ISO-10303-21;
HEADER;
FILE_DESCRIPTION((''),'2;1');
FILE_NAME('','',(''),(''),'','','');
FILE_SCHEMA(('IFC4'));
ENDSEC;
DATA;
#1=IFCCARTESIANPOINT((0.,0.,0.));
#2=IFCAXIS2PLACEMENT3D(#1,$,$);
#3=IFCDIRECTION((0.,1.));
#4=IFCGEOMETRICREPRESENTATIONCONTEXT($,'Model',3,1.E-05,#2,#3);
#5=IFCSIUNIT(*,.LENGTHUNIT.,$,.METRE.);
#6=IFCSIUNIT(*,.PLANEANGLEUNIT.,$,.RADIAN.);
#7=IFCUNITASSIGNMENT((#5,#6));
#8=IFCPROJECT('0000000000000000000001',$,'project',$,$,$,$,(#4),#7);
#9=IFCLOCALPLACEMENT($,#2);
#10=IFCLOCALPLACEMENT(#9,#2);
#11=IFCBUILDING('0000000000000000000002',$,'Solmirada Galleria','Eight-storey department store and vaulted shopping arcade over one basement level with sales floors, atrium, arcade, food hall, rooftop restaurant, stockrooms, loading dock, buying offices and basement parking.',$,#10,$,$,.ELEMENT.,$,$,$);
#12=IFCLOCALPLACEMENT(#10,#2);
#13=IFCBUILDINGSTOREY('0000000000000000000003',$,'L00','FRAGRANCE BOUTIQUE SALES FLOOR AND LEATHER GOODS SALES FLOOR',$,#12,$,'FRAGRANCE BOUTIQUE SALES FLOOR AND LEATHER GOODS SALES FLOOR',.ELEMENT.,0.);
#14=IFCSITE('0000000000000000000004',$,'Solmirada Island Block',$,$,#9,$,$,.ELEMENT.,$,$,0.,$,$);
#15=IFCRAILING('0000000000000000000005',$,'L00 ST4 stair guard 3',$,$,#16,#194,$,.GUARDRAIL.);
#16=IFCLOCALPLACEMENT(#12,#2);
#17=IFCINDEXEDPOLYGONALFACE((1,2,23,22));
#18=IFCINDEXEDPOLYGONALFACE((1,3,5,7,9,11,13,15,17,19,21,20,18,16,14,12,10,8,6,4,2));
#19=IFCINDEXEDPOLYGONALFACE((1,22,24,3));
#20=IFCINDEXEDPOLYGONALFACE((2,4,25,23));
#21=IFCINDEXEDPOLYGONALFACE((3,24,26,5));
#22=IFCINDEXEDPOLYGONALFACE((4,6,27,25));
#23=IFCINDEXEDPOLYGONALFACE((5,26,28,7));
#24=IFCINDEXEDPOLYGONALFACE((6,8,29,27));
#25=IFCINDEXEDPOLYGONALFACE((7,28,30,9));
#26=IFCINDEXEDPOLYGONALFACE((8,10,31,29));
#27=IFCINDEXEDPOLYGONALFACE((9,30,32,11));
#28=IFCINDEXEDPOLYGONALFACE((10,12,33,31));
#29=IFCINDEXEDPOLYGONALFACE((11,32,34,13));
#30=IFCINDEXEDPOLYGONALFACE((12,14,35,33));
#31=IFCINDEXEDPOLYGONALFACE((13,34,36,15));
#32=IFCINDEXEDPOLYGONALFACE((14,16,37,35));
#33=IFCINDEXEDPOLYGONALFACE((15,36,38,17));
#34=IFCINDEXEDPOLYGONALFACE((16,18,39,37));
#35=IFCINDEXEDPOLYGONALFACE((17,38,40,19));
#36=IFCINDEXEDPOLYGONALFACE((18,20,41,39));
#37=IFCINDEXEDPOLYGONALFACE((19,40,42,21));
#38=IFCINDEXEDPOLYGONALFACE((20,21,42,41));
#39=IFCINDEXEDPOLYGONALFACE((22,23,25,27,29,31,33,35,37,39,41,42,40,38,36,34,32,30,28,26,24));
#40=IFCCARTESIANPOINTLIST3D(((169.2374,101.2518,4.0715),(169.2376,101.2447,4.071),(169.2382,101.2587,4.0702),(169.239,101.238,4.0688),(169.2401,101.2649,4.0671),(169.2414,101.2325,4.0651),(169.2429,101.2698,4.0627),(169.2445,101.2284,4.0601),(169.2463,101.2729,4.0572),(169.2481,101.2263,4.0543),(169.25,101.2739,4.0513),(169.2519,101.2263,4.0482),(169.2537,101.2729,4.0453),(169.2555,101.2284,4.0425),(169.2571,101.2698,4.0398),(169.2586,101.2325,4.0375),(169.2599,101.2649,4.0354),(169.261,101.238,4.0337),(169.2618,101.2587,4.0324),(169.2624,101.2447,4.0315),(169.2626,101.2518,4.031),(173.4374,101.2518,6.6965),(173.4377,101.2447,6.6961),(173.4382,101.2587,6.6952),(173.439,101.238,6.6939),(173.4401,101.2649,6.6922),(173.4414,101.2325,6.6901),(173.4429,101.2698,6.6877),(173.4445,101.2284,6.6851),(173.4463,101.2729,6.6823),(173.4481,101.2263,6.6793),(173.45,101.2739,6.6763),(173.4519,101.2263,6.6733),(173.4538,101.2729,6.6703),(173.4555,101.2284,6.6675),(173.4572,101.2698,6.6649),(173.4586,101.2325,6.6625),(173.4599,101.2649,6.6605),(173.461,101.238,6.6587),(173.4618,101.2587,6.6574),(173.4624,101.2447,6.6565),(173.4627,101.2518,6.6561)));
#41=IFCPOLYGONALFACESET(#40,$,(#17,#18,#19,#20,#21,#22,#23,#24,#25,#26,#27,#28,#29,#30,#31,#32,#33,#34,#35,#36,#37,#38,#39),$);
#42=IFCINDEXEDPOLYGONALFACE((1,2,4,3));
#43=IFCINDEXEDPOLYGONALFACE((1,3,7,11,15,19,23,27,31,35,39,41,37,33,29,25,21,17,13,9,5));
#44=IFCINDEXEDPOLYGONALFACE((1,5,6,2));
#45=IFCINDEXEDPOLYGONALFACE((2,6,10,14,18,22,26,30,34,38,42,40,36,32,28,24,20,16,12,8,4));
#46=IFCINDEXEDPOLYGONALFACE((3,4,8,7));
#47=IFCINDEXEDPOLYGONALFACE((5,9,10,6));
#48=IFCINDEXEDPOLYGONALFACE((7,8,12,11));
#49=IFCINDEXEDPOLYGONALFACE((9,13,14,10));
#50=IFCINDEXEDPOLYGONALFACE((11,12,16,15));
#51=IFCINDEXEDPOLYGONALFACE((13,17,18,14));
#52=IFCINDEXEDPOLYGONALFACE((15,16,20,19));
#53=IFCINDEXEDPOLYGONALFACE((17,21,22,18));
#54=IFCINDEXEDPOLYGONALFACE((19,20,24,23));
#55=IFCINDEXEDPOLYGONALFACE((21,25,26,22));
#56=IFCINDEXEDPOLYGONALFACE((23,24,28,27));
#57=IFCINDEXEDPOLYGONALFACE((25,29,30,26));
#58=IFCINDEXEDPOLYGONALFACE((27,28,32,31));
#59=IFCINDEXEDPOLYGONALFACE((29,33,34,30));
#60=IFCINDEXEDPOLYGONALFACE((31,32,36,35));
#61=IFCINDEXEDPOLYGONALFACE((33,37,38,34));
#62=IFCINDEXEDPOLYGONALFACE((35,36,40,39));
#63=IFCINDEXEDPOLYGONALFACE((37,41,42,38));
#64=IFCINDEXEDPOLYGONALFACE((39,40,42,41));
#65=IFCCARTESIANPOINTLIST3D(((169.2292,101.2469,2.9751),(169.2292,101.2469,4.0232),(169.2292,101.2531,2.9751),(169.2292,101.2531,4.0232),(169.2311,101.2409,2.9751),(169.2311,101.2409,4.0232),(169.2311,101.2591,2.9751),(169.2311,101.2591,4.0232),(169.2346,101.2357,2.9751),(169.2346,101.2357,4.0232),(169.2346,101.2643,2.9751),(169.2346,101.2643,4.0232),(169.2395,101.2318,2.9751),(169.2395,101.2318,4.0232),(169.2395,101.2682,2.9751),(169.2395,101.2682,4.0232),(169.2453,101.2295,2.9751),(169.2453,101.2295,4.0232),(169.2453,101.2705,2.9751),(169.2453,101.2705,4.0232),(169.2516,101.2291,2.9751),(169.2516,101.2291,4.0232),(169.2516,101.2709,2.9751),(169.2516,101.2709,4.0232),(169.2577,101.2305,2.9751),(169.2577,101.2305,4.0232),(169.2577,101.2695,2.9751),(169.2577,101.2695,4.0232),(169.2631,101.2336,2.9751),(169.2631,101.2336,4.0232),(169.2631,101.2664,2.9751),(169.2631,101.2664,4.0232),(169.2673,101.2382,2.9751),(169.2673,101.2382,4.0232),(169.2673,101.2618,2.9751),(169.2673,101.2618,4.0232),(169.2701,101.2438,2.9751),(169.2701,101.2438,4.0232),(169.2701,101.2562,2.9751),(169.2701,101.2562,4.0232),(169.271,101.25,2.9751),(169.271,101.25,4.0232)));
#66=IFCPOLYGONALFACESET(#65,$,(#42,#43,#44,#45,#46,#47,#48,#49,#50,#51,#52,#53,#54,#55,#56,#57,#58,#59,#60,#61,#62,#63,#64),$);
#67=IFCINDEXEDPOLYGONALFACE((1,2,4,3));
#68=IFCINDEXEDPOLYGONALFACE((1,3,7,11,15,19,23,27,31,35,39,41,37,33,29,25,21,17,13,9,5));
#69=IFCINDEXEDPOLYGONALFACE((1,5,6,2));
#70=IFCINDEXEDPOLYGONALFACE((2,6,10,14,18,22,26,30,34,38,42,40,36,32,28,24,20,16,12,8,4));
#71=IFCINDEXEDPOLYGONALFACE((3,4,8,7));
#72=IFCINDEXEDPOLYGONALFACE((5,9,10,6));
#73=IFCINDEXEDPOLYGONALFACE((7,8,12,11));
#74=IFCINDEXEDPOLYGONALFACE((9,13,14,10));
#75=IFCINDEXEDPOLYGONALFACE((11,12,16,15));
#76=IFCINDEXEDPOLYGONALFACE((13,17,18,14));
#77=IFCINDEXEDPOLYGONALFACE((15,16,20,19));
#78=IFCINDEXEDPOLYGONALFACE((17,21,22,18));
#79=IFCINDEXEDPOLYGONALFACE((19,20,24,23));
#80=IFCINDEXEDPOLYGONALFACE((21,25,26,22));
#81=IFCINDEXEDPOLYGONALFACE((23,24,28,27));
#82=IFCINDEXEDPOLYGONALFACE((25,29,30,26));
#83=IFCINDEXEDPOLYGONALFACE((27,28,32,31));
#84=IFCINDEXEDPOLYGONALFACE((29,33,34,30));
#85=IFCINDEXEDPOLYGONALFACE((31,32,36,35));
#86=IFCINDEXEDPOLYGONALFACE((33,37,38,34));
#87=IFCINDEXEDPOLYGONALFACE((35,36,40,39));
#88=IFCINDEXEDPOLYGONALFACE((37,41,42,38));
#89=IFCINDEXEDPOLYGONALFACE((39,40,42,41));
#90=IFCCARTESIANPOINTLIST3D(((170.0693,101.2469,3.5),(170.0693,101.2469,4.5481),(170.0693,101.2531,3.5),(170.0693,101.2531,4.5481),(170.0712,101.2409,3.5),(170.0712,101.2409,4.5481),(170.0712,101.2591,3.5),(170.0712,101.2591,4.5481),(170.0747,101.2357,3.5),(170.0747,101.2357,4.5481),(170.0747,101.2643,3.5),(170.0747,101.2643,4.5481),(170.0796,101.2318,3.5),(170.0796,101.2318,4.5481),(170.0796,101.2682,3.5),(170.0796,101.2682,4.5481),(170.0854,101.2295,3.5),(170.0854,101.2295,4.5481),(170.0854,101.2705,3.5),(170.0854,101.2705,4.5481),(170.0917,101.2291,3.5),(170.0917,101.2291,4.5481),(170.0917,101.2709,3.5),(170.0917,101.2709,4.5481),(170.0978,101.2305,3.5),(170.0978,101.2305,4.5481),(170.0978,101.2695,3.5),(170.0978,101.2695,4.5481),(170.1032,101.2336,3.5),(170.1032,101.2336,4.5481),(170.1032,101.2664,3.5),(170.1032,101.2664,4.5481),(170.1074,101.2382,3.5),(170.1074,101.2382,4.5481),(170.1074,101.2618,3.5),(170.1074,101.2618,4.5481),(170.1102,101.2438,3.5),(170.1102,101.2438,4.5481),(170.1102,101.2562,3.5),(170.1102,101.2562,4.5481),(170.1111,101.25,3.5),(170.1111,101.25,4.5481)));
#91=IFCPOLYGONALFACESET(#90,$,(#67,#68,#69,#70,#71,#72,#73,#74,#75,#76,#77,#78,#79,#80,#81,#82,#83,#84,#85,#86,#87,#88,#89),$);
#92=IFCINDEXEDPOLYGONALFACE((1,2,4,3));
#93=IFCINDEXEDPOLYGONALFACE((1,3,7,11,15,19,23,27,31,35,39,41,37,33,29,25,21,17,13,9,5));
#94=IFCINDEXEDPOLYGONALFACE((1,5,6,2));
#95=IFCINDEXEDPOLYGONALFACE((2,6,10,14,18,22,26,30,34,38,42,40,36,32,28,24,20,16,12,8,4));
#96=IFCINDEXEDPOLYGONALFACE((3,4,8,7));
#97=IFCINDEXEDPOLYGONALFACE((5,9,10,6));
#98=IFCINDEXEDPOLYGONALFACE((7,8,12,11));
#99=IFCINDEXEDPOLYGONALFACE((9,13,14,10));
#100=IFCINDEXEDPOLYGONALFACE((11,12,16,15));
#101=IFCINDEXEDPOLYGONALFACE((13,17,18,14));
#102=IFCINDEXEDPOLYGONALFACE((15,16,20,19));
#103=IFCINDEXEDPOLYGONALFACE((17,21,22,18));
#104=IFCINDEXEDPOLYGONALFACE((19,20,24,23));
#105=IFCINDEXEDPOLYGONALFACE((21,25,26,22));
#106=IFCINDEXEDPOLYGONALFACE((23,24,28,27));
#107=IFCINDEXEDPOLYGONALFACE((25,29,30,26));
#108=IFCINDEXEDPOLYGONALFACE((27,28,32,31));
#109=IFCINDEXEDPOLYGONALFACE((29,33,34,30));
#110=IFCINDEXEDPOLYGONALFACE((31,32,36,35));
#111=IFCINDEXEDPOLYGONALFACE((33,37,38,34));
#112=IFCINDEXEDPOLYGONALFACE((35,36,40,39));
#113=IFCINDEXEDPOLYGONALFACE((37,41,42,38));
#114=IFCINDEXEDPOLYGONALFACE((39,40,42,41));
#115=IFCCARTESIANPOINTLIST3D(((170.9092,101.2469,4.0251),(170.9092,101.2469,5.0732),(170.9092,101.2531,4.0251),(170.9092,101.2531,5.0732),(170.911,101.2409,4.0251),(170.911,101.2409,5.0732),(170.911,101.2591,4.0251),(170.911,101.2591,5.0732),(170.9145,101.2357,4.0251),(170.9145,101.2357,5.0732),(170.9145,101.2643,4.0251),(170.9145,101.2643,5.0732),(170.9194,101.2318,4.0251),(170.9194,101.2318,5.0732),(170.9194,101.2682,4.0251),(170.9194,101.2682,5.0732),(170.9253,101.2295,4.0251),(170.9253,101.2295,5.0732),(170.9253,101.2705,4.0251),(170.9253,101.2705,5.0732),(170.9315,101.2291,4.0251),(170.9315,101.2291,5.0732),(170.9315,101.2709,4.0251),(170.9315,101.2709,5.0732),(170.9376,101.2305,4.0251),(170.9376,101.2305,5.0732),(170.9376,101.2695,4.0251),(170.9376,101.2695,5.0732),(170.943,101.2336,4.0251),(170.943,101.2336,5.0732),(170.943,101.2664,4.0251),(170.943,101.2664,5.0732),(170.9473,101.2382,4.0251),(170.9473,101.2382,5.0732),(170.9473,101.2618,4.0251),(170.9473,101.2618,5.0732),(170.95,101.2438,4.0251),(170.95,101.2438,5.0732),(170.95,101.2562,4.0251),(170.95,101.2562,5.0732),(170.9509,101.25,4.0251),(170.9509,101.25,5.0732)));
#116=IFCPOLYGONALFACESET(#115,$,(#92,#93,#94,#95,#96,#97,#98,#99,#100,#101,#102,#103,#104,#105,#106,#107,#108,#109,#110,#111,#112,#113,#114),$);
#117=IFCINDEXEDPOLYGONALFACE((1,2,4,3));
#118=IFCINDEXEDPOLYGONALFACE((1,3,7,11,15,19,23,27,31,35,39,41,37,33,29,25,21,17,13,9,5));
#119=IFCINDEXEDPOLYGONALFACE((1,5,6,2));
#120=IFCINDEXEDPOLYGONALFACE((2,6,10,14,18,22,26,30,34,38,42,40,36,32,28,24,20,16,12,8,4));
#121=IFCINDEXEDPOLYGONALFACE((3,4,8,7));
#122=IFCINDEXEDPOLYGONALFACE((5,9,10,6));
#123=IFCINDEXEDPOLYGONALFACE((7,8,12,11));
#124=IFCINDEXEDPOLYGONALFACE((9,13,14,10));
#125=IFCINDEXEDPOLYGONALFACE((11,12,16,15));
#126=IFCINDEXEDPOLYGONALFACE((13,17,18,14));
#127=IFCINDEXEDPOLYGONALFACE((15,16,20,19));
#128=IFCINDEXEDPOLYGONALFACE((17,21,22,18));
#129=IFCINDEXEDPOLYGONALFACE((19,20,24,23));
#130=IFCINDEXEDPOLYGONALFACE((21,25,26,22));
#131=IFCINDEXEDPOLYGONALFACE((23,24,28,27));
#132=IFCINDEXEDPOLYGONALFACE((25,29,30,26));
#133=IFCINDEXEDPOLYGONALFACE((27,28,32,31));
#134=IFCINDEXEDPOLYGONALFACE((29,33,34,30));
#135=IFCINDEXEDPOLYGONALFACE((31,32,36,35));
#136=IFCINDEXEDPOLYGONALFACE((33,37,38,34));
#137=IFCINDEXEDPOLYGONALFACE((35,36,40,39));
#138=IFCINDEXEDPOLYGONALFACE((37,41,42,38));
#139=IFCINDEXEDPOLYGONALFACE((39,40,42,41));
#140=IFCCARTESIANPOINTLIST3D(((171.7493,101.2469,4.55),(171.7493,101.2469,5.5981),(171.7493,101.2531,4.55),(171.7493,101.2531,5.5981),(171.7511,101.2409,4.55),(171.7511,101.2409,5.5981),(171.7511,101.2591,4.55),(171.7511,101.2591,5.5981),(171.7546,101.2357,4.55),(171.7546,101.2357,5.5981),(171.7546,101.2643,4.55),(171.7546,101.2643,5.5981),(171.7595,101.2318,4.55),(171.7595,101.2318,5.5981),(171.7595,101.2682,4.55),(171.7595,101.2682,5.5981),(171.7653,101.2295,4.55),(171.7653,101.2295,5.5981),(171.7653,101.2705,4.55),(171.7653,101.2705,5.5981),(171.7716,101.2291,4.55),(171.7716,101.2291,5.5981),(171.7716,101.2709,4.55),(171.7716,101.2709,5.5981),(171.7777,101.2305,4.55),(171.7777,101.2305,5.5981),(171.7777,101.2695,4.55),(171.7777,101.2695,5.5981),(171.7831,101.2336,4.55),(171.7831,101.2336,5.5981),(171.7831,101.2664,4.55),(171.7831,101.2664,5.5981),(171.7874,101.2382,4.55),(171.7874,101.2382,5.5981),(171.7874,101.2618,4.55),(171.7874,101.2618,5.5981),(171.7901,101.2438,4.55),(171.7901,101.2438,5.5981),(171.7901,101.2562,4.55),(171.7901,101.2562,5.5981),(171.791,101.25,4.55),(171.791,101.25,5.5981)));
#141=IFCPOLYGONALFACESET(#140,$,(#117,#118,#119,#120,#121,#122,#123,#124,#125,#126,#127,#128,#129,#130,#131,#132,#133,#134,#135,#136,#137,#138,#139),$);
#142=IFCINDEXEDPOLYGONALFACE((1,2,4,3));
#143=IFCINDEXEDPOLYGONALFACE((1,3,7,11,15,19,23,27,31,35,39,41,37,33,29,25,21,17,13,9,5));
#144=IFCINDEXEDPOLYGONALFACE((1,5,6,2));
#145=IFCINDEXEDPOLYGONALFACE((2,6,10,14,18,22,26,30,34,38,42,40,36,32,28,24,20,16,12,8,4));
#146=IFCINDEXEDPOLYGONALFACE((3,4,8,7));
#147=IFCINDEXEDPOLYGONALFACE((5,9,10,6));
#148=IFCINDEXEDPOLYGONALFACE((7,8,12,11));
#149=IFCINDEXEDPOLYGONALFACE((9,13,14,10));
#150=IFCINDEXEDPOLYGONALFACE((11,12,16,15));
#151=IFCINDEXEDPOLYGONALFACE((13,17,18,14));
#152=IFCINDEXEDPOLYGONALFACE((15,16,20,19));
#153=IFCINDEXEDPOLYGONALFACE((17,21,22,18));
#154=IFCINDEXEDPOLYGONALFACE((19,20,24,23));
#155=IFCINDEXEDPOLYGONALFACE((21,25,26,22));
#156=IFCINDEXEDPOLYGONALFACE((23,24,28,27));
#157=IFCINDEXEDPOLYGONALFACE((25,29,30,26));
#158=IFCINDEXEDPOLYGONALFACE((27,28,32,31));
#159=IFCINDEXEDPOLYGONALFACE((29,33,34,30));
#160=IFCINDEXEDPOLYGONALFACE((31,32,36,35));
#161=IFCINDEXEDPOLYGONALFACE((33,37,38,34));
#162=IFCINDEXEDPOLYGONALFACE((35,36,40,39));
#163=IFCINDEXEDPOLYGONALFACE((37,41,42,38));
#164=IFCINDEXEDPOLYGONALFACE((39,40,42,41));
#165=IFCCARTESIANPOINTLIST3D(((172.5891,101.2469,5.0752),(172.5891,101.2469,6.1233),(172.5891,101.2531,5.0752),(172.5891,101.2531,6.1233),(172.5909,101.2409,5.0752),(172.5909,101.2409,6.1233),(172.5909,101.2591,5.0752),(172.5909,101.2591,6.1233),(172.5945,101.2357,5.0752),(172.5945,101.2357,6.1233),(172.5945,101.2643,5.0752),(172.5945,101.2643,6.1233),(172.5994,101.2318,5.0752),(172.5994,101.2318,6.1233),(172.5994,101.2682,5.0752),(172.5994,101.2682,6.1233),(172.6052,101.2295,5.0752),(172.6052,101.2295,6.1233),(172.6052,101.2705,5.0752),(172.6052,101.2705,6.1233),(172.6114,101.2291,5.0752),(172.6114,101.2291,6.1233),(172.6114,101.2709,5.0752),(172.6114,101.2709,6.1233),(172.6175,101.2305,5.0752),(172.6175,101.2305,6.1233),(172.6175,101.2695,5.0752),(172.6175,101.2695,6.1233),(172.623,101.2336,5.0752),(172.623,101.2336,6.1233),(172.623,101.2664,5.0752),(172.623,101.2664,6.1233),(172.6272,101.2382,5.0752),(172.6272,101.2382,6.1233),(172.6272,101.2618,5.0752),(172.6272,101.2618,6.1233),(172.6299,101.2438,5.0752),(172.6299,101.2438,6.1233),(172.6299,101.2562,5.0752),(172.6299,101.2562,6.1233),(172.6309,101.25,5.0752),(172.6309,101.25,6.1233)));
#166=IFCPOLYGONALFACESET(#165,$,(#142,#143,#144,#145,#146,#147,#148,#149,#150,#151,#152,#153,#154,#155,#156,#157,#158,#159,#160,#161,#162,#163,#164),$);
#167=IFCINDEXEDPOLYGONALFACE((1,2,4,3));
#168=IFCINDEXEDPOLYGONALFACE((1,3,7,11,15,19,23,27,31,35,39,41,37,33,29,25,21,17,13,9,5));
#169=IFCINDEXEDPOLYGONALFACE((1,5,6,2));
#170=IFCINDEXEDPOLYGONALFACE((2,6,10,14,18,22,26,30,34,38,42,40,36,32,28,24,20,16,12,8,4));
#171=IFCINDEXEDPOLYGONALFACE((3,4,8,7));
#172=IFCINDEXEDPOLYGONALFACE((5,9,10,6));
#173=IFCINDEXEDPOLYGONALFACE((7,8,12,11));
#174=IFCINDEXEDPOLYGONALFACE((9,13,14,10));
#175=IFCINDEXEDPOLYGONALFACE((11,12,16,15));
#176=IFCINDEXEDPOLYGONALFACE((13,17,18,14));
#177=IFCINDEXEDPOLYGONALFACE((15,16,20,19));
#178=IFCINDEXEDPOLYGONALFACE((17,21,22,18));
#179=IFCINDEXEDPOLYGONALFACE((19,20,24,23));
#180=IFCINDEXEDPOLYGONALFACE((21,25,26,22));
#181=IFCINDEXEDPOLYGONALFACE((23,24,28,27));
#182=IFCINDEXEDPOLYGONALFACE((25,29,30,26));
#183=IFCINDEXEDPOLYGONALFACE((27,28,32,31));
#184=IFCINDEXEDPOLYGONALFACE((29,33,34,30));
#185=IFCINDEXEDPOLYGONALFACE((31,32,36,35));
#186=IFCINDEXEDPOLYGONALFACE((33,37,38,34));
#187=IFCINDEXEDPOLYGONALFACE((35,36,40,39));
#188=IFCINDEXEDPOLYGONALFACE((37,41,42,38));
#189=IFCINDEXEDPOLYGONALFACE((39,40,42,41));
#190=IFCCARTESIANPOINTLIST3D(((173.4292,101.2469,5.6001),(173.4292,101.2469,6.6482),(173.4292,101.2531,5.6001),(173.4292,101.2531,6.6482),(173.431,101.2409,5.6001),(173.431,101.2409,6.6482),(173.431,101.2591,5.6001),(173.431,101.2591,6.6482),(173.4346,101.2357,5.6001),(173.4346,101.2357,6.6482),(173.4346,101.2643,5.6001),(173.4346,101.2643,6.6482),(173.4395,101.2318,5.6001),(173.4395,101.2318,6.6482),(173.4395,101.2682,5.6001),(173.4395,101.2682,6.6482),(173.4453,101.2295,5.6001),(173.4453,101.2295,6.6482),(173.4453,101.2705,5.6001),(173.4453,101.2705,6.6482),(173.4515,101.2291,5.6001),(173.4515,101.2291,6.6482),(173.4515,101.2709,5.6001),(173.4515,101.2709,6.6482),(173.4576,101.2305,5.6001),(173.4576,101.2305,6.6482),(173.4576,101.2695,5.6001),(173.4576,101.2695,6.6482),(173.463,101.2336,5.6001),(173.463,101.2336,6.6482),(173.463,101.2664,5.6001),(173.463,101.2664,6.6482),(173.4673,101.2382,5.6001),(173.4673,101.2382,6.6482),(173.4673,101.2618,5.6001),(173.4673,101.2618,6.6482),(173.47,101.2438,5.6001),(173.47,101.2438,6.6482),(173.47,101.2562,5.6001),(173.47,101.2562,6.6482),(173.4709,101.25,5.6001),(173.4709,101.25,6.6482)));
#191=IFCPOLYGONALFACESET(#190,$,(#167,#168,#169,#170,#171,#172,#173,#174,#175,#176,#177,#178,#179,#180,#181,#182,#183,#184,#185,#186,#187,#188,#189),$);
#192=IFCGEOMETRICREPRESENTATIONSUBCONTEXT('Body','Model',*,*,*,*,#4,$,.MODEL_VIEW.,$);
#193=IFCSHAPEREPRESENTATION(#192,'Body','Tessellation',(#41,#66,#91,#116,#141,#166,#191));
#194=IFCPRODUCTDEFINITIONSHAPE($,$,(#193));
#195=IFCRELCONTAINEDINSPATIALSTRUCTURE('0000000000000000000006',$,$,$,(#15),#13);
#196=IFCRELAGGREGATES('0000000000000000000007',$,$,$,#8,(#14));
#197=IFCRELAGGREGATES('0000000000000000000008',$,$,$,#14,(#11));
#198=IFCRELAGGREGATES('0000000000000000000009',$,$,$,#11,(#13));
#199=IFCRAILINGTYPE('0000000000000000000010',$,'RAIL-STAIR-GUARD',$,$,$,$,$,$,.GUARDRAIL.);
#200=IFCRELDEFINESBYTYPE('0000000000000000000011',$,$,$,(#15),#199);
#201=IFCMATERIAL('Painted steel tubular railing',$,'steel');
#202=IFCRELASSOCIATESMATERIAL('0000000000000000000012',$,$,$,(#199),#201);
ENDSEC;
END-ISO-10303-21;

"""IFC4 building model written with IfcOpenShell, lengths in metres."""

from ifc_helpers import new_model, si_unit, direction, frame, origin, origin_2d, place, context, subcontext, project, spatial, circle, extrude, material, type_object, element, save


model = new_model("IFC4")

# Units and contexts
model_context = context("Model", 3, precision=1e-05, world=origin(), true_north=direction((0.0, 1.0)))
body_context = subcontext(model_context, "Body", "Model", "MODEL_VIEW")
ifc_project = project(units=[si_unit("LENGTHUNIT", "METRE"), si_unit("PLANEANGLEUNIT", "RADIAN")], contexts=[model_context])

# Site, building, storey
site_placement = place(None, origin())
site = spatial("IfcSite", under=ifc_project, at=site_placement, Name="Solmirada Island Block", CompositionType="ELEMENT", RefElevation=0.0)
building_placement = place(site_placement, origin())
building = spatial("IfcBuilding", under=site, at=building_placement, Name="Solmirada Galleria", Description="Eight-storey department store and vaulted shopping arcade over one basement level with sales floors, atrium, arcade, food hall, rooftop restaurant, stockrooms, loading dock, buying offices and basement parking.", CompositionType="ELEMENT")
storey_placement = place(building_placement, origin())
storey = spatial("IfcBuildingStorey", under=building, at=storey_placement, Name="L00", Description="FRAGRANCE BOUTIQUE SALES FLOOR AND LEATHER GOODS SALES FLOOR", LongName="FRAGRANCE BOUTIQUE SALES FLOOR AND LEATHER GOODS SALES FLOOR", CompositionType="ELEMENT", Elevation=0.0)

# Railing
ifc_material_1 = material(Name="Painted steel tubular railing", Category="steel")
railing_type_1 = type_object("IfcRailingType", Name="RAIL-STAIR-GUARD", PredefinedType="GUARDRAIL", material=ifc_material_1)
railing_1_placement = place(storey_placement, frame((169.25, 101.25, 2.9751)))
element("IfcRailing", 1, at=railing_1_placement, inside=storey, type_object=railing_type_1, Name="L00 ST4 stair guard 3", PredefinedType="GUARDRAIL", context=body_context, shape_type="SweptSolid", body=[
    extrude(circle(Radius=0.0239, at=origin_2d()), frame((0.0, 0.0, 1.0762), z_axis=(0.847996, 0.0, 0.530003), x_axis=(0.0, 1.0, 0.0)), (0.0, 0.0, 1.0), 4.9529),
    extrude(circle(Radius=0.021, at=origin_2d()), origin(), (0.0, 0.0, 1.0), 1.0481),
    extrude(circle(Radius=0.021, at=origin_2d()), frame((0.8401, 0.0, 0.5249)), (0.0, 0.0, 1.0), 1.0481),
    extrude(circle(Radius=0.021, at=origin_2d()), frame((1.6799, 0.0, 1.05)), (0.0, 0.0, 1.0), 1.0481),
    extrude(circle(Radius=0.021, at=origin_2d()), frame((2.52, 0.0, 1.575)), (0.0, 0.0, 1.0), 1.0481),
    extrude(circle(Radius=0.021, at=origin_2d()), frame((3.3599, 0.0, 2.1001)), (0.0, 0.0, 1.0), 1.0481),
    extrude(circle(Radius=0.021, at=origin_2d()), frame((4.2, 0.0, 2.625)), (0.0, 0.0, 1.0), 1.0481),
])

save(model, "model.ifc")
